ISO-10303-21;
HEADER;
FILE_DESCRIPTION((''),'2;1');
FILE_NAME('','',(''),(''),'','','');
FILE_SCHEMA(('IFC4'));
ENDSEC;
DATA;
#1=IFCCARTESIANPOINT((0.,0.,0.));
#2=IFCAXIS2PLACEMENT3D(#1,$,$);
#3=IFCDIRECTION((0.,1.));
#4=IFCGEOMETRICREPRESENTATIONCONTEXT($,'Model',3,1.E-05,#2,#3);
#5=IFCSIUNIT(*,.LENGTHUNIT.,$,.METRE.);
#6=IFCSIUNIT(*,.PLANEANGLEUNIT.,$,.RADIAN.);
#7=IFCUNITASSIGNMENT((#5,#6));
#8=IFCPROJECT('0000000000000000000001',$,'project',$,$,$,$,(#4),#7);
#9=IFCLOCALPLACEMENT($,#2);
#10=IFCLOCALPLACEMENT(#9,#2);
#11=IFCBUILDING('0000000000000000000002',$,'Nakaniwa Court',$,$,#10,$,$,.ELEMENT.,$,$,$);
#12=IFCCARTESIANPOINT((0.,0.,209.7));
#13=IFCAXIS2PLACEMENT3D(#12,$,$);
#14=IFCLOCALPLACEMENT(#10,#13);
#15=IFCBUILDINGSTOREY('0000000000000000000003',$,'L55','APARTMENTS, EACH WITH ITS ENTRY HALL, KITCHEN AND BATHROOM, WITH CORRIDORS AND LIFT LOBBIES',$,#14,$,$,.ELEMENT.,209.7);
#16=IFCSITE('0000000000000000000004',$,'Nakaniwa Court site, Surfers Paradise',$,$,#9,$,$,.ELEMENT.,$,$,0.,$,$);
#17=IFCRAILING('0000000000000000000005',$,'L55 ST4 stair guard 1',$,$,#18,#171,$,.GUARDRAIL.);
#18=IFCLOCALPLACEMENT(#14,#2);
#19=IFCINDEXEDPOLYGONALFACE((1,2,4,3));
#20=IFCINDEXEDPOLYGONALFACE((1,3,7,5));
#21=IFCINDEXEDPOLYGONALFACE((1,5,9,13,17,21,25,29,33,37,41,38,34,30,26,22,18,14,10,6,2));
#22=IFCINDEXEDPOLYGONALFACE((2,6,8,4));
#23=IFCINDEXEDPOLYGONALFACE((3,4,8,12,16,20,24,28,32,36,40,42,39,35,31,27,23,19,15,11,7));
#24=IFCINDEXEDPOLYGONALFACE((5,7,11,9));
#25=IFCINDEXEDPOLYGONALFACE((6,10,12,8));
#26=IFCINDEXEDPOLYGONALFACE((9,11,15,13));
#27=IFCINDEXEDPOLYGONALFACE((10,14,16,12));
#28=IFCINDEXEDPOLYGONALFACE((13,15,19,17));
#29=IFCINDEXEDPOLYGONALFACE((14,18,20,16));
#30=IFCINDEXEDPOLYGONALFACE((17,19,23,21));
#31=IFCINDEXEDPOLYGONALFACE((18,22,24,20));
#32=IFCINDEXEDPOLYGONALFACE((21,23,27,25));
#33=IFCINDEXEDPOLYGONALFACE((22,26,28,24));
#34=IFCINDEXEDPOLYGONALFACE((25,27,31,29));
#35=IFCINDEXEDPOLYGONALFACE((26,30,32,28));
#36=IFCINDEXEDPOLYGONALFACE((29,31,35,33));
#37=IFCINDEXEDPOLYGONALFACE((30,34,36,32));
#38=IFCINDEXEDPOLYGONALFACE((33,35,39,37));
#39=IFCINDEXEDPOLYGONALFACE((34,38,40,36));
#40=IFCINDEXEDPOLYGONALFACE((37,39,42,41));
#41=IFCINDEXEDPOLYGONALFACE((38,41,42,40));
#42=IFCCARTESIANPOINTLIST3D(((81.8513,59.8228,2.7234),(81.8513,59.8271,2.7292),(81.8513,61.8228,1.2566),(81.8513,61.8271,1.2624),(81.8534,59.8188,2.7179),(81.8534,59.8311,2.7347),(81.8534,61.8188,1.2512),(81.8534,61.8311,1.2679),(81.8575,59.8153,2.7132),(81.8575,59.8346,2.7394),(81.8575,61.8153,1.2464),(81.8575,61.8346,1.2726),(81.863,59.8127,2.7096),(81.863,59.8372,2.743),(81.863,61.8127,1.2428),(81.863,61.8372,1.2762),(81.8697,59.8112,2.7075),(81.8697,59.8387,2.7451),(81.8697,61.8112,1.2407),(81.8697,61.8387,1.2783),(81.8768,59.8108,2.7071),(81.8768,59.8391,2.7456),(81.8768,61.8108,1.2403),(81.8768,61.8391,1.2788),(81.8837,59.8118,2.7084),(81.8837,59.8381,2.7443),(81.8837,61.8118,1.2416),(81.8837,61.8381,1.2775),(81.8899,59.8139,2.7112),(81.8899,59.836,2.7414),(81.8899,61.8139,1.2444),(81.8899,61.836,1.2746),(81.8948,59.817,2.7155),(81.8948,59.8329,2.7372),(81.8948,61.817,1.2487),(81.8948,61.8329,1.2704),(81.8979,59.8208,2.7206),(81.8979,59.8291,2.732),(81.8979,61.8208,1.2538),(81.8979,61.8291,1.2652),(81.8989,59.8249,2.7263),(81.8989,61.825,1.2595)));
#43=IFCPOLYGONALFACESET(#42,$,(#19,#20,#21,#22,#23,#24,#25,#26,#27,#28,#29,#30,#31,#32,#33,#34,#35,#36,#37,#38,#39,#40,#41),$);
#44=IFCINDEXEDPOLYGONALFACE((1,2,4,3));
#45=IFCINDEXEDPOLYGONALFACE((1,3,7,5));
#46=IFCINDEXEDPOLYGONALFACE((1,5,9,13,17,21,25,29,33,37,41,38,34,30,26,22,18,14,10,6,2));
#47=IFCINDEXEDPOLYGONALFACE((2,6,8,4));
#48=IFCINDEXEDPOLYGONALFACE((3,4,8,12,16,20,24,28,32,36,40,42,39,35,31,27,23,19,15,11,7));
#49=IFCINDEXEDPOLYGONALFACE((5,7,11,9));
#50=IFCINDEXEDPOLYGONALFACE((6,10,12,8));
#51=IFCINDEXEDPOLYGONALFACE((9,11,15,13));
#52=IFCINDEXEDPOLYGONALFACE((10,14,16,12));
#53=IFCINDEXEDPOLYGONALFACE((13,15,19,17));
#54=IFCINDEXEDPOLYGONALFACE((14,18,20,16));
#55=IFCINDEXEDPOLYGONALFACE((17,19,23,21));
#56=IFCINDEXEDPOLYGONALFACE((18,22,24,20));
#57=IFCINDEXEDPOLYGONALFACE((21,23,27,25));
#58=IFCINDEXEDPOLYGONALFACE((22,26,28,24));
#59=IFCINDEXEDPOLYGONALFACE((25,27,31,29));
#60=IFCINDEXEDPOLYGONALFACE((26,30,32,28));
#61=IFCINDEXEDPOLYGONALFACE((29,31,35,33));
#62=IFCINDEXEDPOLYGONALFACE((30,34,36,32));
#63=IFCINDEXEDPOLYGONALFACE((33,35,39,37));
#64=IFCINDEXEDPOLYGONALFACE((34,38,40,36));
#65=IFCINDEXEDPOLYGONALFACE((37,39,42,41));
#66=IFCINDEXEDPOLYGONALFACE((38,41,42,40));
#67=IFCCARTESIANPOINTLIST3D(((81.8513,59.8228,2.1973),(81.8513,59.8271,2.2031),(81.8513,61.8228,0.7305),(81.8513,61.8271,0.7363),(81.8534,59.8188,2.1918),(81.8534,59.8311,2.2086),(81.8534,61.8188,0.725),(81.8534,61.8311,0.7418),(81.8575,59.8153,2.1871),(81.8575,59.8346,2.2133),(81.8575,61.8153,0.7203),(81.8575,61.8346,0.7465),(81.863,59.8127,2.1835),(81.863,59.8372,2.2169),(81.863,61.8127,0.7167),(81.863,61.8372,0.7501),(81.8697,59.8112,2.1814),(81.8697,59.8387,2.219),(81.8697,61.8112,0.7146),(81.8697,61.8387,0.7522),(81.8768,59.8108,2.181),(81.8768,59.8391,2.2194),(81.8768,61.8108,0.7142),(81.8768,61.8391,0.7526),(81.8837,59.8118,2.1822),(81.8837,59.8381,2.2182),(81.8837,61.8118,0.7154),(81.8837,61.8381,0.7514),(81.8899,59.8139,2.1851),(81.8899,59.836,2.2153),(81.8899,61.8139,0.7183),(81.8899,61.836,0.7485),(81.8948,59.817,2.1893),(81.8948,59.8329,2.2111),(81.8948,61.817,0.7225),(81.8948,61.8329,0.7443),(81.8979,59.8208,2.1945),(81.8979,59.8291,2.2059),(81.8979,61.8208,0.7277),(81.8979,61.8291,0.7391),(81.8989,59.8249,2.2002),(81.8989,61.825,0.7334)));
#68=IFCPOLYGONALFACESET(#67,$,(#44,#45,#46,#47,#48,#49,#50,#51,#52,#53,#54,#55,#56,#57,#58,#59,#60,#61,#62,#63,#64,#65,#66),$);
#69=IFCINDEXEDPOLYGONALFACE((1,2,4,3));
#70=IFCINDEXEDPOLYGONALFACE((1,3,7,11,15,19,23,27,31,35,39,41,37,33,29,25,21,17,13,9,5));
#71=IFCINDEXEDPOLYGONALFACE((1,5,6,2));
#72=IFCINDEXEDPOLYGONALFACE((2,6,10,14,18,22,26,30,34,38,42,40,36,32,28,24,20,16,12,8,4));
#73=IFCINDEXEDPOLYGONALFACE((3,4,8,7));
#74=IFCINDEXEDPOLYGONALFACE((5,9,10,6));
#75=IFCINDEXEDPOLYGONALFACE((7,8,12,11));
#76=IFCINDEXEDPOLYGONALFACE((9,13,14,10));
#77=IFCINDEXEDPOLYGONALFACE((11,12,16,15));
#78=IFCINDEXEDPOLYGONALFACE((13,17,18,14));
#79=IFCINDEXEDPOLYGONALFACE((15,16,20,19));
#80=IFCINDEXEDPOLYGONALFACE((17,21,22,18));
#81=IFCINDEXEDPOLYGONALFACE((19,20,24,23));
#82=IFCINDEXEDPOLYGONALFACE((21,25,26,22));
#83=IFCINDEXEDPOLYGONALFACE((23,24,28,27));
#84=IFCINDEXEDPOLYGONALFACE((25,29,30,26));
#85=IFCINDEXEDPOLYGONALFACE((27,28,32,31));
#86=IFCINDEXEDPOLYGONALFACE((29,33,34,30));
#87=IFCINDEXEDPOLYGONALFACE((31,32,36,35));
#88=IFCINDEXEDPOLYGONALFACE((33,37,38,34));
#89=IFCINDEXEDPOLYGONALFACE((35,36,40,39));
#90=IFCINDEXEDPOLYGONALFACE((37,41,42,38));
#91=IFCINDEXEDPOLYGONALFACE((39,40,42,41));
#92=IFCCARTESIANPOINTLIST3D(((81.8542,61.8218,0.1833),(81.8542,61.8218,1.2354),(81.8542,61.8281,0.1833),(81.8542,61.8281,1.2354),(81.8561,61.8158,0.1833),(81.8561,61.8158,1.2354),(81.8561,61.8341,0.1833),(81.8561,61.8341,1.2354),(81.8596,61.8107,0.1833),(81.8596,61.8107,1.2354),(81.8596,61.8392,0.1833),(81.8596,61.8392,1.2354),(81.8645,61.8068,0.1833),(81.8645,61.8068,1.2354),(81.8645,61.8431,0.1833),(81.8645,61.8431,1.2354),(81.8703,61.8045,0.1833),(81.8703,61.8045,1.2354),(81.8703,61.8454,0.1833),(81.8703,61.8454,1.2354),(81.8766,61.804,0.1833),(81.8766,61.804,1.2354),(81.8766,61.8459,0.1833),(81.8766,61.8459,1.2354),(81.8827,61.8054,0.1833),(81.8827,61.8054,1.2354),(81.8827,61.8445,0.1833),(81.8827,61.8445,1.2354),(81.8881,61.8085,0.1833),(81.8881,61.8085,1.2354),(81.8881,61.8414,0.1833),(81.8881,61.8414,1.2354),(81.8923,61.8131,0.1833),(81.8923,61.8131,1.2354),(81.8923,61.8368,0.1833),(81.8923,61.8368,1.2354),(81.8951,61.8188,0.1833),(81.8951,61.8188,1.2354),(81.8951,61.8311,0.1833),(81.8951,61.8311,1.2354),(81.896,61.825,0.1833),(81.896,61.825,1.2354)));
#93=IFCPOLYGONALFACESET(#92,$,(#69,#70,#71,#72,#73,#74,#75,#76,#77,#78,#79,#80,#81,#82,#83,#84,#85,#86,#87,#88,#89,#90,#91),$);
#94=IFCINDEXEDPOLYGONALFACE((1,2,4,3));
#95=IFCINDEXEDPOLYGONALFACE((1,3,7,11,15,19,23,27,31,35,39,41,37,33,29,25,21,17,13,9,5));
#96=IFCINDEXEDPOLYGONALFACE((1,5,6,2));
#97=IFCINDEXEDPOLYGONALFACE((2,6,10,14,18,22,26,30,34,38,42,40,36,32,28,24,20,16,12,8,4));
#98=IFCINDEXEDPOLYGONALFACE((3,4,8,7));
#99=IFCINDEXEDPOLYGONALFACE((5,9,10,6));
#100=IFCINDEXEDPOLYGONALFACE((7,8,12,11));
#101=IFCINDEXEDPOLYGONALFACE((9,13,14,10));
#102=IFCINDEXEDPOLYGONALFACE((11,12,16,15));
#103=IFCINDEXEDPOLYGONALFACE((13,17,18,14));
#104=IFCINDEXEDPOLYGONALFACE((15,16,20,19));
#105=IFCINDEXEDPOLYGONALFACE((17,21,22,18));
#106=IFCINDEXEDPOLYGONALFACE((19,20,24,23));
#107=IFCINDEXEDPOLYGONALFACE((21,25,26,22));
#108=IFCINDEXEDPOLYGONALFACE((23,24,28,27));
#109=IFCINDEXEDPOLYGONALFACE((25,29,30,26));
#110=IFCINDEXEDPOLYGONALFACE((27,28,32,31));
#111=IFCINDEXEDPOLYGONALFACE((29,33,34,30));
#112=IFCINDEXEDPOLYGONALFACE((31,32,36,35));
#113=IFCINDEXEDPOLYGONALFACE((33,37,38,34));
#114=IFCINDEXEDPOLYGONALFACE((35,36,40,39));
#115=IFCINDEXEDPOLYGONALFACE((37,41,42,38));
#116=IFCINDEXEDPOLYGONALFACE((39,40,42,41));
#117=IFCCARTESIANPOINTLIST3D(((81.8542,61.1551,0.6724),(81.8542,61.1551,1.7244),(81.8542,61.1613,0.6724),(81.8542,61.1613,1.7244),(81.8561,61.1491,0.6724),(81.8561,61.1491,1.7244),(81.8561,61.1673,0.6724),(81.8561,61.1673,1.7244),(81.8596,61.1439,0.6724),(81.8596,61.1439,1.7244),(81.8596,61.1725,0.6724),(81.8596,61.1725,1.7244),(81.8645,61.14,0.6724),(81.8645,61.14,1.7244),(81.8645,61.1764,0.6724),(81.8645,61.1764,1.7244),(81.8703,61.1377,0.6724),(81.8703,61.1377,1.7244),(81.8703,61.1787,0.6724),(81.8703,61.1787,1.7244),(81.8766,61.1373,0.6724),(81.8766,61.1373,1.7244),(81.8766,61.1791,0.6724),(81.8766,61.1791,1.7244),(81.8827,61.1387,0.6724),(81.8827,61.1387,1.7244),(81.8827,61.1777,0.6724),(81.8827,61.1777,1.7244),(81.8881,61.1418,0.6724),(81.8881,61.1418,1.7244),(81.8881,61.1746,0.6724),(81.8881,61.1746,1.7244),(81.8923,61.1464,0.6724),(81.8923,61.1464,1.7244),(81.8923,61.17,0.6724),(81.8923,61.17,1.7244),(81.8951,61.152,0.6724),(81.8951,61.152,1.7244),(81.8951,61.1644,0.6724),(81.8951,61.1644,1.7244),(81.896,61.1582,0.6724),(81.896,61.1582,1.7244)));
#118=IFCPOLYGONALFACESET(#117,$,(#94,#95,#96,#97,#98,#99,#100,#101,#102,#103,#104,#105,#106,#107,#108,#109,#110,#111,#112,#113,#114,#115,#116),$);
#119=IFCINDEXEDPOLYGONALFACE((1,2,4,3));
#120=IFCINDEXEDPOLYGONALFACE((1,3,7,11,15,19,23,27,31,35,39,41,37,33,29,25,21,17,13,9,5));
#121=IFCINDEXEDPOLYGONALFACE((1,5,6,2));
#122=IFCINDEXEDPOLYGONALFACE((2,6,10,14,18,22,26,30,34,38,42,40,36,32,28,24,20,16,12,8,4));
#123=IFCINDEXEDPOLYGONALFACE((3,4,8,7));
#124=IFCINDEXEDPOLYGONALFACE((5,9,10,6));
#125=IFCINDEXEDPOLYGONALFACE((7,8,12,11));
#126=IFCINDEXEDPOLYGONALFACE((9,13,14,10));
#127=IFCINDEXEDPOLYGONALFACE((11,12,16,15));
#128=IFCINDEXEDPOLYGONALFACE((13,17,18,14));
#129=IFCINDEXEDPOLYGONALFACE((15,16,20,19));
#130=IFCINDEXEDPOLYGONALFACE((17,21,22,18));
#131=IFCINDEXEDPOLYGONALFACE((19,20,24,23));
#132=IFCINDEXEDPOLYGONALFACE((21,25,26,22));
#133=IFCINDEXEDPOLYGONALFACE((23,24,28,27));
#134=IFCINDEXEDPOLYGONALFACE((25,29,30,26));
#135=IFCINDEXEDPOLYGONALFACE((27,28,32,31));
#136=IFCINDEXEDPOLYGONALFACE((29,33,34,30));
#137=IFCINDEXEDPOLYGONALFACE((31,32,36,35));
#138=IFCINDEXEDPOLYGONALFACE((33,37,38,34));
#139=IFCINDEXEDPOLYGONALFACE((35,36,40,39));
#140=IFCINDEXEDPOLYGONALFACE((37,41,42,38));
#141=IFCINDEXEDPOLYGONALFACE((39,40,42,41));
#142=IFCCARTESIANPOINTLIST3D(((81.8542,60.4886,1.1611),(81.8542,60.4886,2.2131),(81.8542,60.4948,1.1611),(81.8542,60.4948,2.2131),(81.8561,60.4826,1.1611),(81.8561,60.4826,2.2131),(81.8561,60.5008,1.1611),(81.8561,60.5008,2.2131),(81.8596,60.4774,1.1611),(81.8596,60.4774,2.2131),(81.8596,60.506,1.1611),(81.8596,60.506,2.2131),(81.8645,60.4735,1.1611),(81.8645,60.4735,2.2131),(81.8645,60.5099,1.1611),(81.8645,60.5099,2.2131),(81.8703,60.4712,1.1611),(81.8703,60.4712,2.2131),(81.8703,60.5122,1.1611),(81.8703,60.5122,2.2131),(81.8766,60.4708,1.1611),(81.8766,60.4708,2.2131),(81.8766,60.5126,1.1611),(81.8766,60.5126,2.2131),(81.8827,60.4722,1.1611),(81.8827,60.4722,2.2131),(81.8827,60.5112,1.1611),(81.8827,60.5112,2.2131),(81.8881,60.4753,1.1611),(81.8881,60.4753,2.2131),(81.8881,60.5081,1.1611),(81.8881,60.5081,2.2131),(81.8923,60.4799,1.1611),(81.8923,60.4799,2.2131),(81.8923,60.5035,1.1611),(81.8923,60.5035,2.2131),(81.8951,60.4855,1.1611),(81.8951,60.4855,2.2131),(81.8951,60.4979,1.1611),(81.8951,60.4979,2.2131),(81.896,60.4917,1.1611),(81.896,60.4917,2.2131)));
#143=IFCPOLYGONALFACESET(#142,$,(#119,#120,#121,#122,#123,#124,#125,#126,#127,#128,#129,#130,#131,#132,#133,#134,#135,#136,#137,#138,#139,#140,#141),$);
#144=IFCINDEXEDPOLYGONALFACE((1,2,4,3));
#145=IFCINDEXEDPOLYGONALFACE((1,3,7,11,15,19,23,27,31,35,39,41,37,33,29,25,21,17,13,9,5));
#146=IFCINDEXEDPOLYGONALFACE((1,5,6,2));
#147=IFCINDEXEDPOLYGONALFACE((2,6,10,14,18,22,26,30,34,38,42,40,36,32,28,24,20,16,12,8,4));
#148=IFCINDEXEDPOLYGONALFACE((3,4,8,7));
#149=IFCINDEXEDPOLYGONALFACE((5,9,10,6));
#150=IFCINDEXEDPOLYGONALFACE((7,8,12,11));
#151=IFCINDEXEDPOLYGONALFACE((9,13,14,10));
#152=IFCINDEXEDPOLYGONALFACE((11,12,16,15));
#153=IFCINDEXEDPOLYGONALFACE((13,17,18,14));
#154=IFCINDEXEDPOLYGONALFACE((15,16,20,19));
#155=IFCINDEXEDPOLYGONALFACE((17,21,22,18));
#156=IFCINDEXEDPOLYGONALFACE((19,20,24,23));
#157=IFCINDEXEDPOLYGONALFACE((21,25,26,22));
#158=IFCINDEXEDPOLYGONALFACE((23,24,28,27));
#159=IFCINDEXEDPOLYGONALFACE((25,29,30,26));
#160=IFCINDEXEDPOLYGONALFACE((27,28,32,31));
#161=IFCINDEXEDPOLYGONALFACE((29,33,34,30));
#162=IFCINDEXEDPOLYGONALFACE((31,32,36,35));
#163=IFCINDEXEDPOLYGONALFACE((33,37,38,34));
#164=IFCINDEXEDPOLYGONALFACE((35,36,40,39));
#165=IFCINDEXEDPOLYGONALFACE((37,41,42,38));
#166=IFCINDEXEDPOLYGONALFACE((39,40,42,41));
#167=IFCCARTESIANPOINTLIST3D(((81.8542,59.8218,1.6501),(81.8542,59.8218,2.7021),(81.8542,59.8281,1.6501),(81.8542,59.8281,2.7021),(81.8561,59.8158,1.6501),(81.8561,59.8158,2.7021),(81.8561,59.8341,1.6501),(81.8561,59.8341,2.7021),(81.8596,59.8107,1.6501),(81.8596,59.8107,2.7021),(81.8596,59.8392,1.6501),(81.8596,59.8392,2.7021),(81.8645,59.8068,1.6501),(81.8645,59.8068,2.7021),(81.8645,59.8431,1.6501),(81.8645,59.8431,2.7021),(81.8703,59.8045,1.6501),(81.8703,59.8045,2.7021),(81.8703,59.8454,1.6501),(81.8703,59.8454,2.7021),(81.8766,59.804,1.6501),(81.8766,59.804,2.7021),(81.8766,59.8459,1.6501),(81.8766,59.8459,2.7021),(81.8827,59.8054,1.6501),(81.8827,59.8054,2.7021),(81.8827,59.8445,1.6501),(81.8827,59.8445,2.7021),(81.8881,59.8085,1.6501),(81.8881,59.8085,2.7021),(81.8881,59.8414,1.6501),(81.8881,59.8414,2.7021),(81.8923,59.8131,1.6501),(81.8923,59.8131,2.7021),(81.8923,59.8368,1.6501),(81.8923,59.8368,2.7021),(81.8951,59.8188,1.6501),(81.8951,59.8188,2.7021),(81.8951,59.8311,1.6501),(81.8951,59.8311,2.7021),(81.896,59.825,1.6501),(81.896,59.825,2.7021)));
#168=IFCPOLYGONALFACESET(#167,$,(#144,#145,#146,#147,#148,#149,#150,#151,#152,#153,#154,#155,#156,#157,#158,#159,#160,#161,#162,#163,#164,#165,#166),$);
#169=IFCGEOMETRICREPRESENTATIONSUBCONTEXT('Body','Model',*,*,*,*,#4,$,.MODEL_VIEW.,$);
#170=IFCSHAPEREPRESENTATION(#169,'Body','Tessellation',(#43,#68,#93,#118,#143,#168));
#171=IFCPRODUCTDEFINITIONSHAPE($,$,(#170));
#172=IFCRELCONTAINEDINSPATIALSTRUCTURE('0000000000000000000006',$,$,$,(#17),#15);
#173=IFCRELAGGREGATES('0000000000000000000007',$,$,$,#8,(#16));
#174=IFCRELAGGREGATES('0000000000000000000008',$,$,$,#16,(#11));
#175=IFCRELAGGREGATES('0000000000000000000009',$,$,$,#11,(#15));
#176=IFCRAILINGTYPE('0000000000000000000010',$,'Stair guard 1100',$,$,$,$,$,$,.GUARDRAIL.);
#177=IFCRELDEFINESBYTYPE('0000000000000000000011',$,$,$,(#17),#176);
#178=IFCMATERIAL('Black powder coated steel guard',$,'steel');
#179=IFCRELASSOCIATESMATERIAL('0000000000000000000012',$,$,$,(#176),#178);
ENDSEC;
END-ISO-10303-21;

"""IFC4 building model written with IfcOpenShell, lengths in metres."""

from ifc_helpers import new_model, si_unit, direction, frame, origin, origin_2d, place, context, subcontext, project, spatial, circle, extrude, material, type_object, element, save


model = new_model("IFC4")

# Units and contexts
model_context = context("Model", 3, precision=1e-05, world=origin(), true_north=direction((0.0, 1.0)))
body_context = subcontext(model_context, "Body", "Model", "MODEL_VIEW")
ifc_project = project(units=[si_unit("LENGTHUNIT", "METRE"), si_unit("PLANEANGLEUNIT", "RADIAN")], contexts=[model_context])

# Site, building, storey
site_placement = place(None, origin())
site = spatial("IfcSite", under=ifc_project, at=site_placement, Name="Nakaniwa Court site, Surfers Paradise", CompositionType="ELEMENT", RefElevation=0.0)
building_placement = place(site_placement, origin())
building = spatial("IfcBuilding", under=site, at=building_placement, Name="Nakaniwa Court", CompositionType="ELEMENT")
storey_placement = place(building_placement, frame((0.0, 0.0, 209.7)))
storey = spatial("IfcBuildingStorey", under=building, at=storey_placement, Name="L55", Description="APARTMENTS, EACH WITH ITS ENTRY HALL, KITCHEN AND BATHROOM, WITH CORRIDORS AND LIFT LOBBIES", CompositionType="ELEMENT", Elevation=209.7)

# Railing
ifc_material_1 = material(Name="Black powder coated steel guard", Category="steel")
railing_type_1 = type_object("IfcRailingType", Name="Stair guard 1100", PredefinedType="GUARDRAIL", material=ifc_material_1)
railing_1_placement = place(storey_placement, frame((81.875, 61.825, 0.1833)))
element("IfcRailing", 1, at=railing_1_placement, inside=storey, type_object=railing_type_1, Name="L55 ST4 stair guard 1", PredefinedType="GUARDRAIL", context=body_context, shape_type="SweptSolid", body=[
    extrude(circle(Radius=0.0239, at=origin_2d()), frame((0.0, 0.0, 1.0762), z_axis=(0.0, -0.80638, 0.591398), x_axis=(1.0, 0.0, 0.0)), (0.0, 0.0, 1.0), 2.4802),
    extrude(circle(Radius=0.0239, at=origin_2d()), frame((0.0, 0.0, 0.55), z_axis=(0.0, -0.80638, 0.591398), x_axis=(1.0, 0.0, 0.0)), (0.0, 0.0, 1.0), 2.4802),
    extrude(circle(Radius=0.021, at=origin_2d()), origin(), (0.0, 0.0, 1.0), 1.052),
    extrude(circle(Radius=0.021, at=origin_2d()), frame((0.0, -0.6667, 0.489)), (0.0, 0.0, 1.0), 1.052),
    extrude(circle(Radius=0.021, at=origin_2d()), frame((0.0, -1.3333, 0.9778)), (0.0, 0.0, 1.0), 1.052),
    extrude(circle(Radius=0.021, at=origin_2d()), frame((0.0, -2.0, 1.4668)), (0.0, 0.0, 1.0), 1.052),
])

save(model, "model.ifc")
